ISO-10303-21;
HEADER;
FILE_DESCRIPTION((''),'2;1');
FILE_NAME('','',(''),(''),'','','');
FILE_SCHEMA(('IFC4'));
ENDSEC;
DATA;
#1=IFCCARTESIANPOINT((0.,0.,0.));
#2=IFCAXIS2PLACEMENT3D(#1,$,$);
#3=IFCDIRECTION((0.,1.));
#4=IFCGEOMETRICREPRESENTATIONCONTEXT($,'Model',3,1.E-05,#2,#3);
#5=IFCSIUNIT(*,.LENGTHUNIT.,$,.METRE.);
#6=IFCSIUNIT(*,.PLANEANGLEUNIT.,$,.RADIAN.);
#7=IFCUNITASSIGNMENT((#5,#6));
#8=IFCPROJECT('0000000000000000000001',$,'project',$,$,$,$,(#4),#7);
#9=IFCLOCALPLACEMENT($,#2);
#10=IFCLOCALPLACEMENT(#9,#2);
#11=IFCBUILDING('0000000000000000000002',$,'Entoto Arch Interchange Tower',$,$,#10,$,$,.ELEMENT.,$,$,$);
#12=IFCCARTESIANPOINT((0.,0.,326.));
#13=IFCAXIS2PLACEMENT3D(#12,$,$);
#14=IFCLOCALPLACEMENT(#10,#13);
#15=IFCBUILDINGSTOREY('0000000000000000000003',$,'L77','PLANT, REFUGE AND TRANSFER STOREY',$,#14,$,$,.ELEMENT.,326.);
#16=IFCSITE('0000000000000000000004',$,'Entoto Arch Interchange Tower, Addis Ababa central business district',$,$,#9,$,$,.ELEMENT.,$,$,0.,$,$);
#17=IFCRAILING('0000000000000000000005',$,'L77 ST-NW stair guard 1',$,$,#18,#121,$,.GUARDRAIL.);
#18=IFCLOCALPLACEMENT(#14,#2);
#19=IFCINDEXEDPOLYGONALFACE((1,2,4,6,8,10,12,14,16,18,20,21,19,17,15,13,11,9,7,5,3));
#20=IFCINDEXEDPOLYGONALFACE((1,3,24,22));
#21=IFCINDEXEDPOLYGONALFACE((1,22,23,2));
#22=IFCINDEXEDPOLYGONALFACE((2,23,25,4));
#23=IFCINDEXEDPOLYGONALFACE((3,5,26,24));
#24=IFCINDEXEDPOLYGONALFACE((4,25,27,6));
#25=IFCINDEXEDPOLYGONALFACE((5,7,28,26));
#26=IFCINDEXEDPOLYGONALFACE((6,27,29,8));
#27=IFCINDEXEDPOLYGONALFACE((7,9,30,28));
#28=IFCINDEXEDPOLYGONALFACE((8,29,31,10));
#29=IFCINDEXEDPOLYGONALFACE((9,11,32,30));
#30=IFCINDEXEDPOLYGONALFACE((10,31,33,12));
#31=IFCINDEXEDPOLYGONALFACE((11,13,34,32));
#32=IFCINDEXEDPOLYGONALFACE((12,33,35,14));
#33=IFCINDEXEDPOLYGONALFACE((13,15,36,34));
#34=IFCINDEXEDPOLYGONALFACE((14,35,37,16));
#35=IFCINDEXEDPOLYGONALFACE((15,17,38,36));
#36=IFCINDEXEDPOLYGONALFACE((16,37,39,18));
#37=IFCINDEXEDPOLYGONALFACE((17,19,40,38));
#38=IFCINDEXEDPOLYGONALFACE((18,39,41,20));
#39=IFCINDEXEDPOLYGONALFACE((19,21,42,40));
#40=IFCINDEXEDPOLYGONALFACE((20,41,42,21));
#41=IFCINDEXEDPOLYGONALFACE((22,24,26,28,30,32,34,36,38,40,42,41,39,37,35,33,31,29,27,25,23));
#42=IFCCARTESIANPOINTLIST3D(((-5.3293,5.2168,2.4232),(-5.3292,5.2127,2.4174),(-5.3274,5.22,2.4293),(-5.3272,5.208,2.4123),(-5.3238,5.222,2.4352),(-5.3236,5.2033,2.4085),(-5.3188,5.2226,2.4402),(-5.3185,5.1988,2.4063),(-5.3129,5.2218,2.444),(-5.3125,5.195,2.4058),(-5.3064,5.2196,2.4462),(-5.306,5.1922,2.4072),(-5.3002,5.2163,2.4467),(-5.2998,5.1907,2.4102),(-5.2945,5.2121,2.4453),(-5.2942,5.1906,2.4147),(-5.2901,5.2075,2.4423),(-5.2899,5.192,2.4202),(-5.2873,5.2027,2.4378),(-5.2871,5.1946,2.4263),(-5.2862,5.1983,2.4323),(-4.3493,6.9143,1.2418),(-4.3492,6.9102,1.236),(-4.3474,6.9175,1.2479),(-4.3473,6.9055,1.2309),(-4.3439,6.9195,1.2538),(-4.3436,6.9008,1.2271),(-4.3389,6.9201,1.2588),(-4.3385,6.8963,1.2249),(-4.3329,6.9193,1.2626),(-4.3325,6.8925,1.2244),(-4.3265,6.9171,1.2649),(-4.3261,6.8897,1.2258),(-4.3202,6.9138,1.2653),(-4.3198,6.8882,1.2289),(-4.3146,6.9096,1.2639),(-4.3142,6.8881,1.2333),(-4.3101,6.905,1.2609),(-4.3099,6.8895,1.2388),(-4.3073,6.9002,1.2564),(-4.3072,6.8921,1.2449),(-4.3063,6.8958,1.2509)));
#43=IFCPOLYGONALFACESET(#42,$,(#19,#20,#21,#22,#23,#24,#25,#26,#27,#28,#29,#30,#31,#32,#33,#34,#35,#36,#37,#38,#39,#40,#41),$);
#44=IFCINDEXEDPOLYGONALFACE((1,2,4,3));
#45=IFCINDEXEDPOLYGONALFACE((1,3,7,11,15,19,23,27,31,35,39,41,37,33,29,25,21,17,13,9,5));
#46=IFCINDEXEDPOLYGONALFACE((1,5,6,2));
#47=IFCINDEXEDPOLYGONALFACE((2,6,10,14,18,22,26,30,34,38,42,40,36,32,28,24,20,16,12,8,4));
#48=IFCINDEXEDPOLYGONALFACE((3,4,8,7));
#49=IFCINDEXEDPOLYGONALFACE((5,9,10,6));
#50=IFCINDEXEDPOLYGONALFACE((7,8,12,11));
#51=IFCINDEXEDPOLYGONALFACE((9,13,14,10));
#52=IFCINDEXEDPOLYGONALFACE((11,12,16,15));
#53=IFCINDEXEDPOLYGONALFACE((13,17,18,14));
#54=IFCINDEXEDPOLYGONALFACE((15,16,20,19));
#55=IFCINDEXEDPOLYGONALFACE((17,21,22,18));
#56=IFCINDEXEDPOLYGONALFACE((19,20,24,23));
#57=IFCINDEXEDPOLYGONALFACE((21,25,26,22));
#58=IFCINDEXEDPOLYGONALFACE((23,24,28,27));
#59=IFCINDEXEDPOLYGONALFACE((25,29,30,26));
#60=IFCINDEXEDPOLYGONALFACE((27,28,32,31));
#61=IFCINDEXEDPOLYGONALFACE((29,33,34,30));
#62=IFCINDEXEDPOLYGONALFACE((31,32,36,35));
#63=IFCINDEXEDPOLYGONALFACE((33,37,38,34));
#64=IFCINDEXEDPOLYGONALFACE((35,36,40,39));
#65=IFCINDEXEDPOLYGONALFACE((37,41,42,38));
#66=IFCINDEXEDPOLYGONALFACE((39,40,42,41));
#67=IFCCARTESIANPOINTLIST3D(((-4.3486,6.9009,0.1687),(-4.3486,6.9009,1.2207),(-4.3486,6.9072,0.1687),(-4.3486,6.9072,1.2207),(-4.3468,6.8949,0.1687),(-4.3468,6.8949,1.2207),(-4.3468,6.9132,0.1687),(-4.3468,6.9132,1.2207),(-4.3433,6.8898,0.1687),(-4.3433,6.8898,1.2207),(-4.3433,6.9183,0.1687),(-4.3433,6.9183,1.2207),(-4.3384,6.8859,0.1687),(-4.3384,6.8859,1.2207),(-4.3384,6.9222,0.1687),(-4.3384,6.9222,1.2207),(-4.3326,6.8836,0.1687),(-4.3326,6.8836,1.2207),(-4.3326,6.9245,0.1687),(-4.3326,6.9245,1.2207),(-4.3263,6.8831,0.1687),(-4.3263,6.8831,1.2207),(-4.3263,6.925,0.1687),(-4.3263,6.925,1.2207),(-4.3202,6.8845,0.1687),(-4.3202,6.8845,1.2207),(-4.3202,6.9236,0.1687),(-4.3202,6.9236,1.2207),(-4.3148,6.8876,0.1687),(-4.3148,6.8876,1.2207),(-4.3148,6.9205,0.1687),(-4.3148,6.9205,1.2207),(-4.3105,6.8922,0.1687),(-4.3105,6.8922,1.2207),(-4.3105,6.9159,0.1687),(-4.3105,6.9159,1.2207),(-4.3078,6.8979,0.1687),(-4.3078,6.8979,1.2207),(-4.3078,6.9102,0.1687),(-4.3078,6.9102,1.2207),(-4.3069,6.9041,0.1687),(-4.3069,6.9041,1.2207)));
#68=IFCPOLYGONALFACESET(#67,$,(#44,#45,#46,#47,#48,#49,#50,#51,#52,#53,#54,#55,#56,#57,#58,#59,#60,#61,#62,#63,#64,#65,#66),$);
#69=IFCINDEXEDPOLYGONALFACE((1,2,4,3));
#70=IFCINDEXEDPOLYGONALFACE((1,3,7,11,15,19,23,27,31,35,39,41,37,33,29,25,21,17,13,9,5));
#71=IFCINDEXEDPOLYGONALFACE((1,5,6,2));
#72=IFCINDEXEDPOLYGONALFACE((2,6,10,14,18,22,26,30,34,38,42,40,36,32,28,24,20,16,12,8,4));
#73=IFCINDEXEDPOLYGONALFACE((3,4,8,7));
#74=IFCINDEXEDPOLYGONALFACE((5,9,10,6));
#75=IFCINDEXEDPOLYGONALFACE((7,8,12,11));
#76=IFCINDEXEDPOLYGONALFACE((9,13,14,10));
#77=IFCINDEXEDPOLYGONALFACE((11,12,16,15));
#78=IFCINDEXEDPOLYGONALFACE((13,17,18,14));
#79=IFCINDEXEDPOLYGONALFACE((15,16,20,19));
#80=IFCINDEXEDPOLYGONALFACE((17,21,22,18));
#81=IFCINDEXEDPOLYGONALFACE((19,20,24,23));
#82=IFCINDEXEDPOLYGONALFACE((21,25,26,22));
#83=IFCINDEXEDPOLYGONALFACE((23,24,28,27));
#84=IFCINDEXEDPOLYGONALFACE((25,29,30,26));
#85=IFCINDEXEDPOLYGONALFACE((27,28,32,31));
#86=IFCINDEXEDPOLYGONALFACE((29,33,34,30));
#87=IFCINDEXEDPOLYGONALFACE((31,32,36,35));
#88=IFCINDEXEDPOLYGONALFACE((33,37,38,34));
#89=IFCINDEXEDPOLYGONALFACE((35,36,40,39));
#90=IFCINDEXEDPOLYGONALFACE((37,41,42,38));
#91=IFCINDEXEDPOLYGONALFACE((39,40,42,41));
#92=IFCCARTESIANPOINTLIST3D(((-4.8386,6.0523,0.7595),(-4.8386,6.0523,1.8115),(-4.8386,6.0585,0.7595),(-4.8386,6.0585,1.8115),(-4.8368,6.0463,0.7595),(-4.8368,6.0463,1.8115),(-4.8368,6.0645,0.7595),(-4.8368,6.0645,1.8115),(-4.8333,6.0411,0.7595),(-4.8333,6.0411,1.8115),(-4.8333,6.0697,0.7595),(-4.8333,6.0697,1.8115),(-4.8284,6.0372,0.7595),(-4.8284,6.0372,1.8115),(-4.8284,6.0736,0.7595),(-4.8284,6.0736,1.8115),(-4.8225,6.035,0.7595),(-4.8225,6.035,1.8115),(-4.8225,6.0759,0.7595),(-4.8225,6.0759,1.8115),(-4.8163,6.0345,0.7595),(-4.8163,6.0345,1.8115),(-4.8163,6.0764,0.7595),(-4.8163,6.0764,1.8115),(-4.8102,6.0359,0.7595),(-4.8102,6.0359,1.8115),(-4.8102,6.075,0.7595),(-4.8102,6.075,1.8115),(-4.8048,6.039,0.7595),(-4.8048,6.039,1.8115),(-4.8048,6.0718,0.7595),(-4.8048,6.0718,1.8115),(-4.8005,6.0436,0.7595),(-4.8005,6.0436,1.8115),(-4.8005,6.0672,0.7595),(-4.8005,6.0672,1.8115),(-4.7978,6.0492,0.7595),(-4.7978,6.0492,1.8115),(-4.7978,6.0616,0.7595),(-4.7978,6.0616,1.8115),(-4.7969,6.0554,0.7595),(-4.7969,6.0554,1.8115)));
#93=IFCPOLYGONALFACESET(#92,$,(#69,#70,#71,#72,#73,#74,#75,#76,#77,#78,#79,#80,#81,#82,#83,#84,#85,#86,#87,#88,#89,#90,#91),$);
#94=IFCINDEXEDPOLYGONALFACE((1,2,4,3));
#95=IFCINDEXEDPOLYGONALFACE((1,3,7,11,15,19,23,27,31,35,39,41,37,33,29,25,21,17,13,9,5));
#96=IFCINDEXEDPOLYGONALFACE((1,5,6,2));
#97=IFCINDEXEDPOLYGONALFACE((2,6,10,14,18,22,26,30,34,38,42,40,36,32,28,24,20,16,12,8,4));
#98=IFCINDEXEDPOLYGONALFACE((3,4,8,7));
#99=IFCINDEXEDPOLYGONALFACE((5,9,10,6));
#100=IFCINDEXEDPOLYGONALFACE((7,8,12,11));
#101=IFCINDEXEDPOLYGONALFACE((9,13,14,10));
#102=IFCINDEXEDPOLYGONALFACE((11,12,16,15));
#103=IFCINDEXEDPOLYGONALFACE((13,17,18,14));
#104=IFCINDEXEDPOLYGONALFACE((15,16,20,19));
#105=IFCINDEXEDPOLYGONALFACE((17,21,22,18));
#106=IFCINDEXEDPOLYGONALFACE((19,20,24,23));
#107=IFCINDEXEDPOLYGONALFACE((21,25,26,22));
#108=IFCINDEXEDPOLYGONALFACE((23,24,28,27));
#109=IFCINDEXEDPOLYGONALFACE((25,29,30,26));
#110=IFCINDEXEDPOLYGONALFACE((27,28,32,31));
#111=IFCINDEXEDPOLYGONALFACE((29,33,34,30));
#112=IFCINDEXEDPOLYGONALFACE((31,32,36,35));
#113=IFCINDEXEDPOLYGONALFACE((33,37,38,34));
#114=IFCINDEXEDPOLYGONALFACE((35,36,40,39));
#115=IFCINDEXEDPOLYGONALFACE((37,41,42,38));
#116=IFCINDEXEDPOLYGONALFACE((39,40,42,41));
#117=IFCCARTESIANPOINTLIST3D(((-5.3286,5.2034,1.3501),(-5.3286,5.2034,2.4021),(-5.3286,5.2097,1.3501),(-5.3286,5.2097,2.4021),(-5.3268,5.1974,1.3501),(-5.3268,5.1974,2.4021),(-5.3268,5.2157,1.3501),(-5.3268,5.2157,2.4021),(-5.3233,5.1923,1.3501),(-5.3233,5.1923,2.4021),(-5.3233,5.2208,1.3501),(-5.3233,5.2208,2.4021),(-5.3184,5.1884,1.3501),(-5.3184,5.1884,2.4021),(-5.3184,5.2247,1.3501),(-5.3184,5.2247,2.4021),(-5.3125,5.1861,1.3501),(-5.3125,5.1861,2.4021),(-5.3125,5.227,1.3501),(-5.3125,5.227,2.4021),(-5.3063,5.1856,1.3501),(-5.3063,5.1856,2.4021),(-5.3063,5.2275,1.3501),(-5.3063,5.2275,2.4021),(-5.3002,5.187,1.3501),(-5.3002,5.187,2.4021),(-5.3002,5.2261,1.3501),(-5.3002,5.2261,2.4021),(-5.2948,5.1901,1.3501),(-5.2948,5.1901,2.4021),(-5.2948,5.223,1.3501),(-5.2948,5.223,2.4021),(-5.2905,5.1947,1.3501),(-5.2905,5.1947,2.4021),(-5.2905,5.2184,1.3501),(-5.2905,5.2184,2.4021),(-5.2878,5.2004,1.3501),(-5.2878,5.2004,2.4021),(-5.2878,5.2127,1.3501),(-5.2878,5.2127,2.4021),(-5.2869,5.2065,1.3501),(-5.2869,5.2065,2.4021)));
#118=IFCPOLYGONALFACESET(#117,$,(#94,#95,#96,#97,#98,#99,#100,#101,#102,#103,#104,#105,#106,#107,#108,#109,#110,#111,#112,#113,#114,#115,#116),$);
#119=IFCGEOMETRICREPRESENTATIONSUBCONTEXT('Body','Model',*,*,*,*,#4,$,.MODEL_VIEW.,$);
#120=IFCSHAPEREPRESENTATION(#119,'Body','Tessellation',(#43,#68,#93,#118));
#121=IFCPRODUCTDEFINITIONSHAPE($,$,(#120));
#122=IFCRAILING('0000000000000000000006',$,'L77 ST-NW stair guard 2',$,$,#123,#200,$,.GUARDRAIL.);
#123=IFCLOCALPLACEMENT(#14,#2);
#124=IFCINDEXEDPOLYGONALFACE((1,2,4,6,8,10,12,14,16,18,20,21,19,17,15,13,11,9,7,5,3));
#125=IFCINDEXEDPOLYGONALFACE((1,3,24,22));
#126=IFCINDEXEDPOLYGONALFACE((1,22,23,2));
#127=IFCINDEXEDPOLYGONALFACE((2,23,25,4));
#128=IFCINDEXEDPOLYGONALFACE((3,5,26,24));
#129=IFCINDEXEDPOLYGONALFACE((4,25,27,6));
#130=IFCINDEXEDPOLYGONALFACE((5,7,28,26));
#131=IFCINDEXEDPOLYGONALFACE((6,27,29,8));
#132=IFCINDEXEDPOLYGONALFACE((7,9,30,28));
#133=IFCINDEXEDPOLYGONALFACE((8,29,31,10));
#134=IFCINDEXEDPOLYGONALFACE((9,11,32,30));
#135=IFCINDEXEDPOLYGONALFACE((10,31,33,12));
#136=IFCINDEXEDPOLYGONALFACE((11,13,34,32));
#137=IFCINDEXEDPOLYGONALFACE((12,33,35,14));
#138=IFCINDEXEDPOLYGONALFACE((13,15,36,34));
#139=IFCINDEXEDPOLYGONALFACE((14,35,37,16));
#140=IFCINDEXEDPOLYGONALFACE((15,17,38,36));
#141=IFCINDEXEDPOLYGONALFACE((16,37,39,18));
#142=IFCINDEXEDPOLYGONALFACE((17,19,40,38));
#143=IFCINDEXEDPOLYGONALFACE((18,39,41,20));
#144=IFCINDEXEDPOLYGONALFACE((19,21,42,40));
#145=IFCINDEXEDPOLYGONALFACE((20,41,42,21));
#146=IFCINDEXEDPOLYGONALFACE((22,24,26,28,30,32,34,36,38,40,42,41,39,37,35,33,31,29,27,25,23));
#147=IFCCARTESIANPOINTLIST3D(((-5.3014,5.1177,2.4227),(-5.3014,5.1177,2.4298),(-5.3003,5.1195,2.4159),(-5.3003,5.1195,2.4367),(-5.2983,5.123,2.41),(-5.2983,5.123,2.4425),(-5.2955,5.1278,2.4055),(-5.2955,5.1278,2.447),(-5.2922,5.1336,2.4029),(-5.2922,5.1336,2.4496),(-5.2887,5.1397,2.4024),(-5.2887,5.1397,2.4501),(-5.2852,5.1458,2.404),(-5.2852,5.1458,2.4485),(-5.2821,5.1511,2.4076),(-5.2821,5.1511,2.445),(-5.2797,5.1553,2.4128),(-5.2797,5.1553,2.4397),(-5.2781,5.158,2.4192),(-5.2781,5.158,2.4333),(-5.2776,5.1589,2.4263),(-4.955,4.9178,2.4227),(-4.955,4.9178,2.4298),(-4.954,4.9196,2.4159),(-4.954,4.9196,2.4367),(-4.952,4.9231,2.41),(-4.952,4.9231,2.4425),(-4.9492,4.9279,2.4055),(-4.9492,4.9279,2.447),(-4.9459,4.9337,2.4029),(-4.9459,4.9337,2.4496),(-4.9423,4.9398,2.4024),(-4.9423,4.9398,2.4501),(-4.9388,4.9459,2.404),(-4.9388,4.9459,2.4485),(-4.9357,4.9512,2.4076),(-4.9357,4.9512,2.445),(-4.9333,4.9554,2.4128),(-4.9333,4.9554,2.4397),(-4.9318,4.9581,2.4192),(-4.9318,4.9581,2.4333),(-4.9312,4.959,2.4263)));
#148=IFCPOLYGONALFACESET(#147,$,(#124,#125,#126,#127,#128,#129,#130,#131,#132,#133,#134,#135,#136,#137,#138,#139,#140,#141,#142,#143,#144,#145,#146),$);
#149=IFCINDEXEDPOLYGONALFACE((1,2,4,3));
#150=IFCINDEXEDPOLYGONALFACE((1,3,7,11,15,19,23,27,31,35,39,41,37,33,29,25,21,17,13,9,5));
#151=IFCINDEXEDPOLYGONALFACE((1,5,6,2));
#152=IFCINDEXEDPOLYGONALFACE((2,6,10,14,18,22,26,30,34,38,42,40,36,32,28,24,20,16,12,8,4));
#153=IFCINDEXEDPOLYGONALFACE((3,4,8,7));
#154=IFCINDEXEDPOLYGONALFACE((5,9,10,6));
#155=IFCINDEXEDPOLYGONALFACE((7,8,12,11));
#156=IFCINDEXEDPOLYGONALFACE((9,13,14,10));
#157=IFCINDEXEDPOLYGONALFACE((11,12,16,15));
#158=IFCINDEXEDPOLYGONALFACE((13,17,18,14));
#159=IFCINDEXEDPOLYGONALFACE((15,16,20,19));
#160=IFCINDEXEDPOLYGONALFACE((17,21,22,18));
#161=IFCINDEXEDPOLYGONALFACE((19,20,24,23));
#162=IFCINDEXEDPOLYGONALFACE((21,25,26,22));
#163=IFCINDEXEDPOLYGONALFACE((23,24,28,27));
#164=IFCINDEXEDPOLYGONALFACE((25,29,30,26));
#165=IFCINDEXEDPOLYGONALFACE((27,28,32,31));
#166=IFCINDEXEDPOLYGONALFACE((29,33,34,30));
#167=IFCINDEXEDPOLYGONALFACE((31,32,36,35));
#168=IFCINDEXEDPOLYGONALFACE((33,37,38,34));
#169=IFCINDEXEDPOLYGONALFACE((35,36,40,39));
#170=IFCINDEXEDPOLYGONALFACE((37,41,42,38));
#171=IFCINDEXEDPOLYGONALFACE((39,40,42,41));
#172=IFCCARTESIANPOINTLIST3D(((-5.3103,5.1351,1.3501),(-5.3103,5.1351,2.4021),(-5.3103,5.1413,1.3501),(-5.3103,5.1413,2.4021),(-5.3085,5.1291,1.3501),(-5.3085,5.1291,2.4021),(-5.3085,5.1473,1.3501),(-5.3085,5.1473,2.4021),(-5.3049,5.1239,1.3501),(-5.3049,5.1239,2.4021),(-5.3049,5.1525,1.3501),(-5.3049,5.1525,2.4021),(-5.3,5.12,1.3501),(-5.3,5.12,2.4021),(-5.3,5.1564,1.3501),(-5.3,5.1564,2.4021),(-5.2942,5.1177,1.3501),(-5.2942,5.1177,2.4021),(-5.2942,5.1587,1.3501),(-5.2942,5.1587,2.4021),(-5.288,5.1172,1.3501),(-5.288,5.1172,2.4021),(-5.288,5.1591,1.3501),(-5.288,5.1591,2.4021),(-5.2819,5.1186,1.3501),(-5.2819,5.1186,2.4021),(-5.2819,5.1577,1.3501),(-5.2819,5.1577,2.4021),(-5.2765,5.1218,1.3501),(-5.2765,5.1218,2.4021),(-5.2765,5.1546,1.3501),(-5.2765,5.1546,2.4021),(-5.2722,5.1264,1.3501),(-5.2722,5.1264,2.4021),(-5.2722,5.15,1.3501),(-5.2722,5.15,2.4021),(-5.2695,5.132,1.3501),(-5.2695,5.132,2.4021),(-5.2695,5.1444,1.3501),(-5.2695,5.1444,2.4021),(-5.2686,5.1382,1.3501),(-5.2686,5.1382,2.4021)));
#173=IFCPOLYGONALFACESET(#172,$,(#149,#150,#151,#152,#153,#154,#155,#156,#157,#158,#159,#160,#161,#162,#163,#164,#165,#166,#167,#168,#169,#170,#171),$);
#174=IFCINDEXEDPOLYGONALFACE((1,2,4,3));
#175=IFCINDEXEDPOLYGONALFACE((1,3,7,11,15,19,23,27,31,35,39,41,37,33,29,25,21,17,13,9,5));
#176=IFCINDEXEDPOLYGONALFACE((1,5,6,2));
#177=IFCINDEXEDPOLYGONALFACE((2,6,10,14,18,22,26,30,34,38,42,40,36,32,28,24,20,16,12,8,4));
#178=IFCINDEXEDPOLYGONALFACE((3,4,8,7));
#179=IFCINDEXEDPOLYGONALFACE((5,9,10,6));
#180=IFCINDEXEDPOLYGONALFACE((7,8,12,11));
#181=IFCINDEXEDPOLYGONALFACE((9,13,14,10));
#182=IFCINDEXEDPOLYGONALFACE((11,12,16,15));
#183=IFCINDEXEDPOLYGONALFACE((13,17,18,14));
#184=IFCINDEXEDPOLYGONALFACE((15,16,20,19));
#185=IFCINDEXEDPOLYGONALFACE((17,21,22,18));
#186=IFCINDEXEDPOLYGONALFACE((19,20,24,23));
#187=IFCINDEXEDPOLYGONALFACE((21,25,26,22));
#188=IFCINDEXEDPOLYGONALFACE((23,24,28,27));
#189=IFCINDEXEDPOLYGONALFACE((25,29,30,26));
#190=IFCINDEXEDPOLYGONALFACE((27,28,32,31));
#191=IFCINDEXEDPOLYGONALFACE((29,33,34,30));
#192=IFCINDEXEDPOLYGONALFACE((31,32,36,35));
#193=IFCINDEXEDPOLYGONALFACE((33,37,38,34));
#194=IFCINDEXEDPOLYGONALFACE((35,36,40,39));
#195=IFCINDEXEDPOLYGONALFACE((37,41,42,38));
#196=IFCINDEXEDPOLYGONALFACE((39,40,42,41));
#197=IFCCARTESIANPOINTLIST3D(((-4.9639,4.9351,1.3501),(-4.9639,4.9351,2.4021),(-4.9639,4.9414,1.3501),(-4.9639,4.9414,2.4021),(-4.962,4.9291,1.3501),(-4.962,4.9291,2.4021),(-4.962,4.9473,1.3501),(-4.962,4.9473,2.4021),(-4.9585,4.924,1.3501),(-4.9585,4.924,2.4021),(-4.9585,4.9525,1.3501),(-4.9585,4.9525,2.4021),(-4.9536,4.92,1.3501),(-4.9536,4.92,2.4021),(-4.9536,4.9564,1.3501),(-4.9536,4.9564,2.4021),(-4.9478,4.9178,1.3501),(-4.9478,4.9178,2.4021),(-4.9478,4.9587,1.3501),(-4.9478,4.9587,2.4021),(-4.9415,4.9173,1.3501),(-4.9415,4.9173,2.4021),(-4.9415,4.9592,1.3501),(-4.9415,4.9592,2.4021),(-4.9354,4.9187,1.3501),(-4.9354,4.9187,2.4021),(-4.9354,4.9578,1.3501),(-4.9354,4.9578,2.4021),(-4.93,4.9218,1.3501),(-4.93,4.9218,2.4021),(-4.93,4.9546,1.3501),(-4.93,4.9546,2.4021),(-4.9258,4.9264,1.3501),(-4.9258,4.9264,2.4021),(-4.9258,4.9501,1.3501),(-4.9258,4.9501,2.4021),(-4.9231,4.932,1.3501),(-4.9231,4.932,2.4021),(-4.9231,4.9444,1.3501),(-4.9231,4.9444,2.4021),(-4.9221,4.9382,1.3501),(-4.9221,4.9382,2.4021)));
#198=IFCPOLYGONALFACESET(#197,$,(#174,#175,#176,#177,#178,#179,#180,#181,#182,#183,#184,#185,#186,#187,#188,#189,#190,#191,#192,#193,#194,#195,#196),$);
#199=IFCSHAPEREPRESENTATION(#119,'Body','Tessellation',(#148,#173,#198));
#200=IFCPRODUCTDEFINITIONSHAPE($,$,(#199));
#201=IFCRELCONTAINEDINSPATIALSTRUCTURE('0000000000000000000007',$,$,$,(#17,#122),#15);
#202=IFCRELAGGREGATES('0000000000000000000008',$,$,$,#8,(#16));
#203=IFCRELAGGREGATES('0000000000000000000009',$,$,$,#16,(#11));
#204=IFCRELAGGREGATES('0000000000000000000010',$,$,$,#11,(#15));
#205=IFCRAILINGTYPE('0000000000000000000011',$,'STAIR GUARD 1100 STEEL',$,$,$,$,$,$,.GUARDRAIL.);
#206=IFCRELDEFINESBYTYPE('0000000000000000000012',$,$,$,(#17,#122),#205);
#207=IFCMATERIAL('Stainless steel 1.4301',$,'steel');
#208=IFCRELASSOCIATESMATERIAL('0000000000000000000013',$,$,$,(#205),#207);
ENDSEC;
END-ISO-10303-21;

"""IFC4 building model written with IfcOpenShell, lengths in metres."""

from ifc_helpers import new_model, si_unit, direction, frame, origin, origin_2d, place, context, subcontext, project, spatial, circle, extrude, material, type_object, element, save


model = new_model("IFC4")

# Units and contexts
model_context = context("Model", 3, precision=1e-05, world=origin(), true_north=direction((0.0, 1.0)))
body_context = subcontext(model_context, "Body", "Model", "MODEL_VIEW")
ifc_project = project(units=[si_unit("LENGTHUNIT", "METRE"), si_unit("PLANEANGLEUNIT", "RADIAN")], contexts=[model_context])

# Site, building, storey
site_placement = place(None, origin())
site = spatial("IfcSite", under=ifc_project, at=site_placement, Name="Entoto Arch Interchange Tower, Addis Ababa central business district", CompositionType="ELEMENT", RefElevation=0.0)
building_placement = place(site_placement, origin())
building = spatial("IfcBuilding", under=site, at=building_placement, Name="Entoto Arch Interchange Tower", CompositionType="ELEMENT")
storey_placement = place(building_placement, frame((0.0, 0.0, 326.0)))
storey = spatial("IfcBuildingStorey", under=building, at=storey_placement, Name="L77", Description="PLANT, REFUGE AND TRANSFER STOREY", CompositionType="ELEMENT", Elevation=326.0)

# Railings
ifc_material_1 = material(Name="Stainless steel 1.4301", Category="steel")
railing_type_1 = type_object("IfcRailingType", Name="STAIR GUARD 1100 STEEL", PredefinedType="GUARDRAIL", material=ifc_material_1)
railing_1_placement = place(storey_placement, frame((-4.3279, 6.9041, 0.1687)))
element("IfcRailing", 1, at=railing_1_placement, inside=storey, type_object=railing_type_1, Name="L77 ST-NW stair guard 1", PredefinedType="GUARDRAIL", context=body_context, shape_type="SweptSolid", body=[
    extrude(circle(Radius=0.0239, at=origin_2d()), frame((0.0, 0.0, 1.0762), z_axis=(-0.428205, -0.741731, 0.516214), x_axis=(0.866042, -0.49997, 0.0)), (0.0, 0.0, 1.0), 2.2886),
    extrude(circle(Radius=0.021, at=origin_2d()), origin(), (0.0, 0.0, 1.0), 1.052),
    extrude(circle(Radius=0.021, at=origin_2d()), frame((-0.49, -0.8486, 0.5908)), (0.0, 0.0, 1.0), 1.052),
    extrude(circle(Radius=0.021, at=origin_2d()), frame((-0.98, -1.6975, 1.1814)), (0.0, 0.0, 1.0), 1.052),
])
railing_2_placement = place(storey_placement, frame((-5.2896, 5.1382, 1.3501)))
element("IfcRailing", 2, at=railing_2_placement, inside=storey, type_object=railing_type_1, Name="L77 ST-NW stair guard 2", PredefinedType="GUARDRAIL", context=body_context, shape_type="SweptSolid", body=[
    extrude(circle(Radius=0.0239, at=origin_2d()), frame((0.0, 0.0, 1.0762), z_axis=(0.866094, -0.499881, 0.0), x_axis=(0.499881, 0.866094, 0.0)), (0.0, 0.0, 1.0), 0.3999),
    extrude(circle(Radius=0.021, at=origin_2d()), origin(), (0.0, 0.0, 1.0), 1.052),
    extrude(circle(Radius=0.021, at=origin_2d()), frame((0.3464, -0.2, 0.0)), (0.0, 0.0, 1.0), 1.052),
])

save(model, "model.ifc")
